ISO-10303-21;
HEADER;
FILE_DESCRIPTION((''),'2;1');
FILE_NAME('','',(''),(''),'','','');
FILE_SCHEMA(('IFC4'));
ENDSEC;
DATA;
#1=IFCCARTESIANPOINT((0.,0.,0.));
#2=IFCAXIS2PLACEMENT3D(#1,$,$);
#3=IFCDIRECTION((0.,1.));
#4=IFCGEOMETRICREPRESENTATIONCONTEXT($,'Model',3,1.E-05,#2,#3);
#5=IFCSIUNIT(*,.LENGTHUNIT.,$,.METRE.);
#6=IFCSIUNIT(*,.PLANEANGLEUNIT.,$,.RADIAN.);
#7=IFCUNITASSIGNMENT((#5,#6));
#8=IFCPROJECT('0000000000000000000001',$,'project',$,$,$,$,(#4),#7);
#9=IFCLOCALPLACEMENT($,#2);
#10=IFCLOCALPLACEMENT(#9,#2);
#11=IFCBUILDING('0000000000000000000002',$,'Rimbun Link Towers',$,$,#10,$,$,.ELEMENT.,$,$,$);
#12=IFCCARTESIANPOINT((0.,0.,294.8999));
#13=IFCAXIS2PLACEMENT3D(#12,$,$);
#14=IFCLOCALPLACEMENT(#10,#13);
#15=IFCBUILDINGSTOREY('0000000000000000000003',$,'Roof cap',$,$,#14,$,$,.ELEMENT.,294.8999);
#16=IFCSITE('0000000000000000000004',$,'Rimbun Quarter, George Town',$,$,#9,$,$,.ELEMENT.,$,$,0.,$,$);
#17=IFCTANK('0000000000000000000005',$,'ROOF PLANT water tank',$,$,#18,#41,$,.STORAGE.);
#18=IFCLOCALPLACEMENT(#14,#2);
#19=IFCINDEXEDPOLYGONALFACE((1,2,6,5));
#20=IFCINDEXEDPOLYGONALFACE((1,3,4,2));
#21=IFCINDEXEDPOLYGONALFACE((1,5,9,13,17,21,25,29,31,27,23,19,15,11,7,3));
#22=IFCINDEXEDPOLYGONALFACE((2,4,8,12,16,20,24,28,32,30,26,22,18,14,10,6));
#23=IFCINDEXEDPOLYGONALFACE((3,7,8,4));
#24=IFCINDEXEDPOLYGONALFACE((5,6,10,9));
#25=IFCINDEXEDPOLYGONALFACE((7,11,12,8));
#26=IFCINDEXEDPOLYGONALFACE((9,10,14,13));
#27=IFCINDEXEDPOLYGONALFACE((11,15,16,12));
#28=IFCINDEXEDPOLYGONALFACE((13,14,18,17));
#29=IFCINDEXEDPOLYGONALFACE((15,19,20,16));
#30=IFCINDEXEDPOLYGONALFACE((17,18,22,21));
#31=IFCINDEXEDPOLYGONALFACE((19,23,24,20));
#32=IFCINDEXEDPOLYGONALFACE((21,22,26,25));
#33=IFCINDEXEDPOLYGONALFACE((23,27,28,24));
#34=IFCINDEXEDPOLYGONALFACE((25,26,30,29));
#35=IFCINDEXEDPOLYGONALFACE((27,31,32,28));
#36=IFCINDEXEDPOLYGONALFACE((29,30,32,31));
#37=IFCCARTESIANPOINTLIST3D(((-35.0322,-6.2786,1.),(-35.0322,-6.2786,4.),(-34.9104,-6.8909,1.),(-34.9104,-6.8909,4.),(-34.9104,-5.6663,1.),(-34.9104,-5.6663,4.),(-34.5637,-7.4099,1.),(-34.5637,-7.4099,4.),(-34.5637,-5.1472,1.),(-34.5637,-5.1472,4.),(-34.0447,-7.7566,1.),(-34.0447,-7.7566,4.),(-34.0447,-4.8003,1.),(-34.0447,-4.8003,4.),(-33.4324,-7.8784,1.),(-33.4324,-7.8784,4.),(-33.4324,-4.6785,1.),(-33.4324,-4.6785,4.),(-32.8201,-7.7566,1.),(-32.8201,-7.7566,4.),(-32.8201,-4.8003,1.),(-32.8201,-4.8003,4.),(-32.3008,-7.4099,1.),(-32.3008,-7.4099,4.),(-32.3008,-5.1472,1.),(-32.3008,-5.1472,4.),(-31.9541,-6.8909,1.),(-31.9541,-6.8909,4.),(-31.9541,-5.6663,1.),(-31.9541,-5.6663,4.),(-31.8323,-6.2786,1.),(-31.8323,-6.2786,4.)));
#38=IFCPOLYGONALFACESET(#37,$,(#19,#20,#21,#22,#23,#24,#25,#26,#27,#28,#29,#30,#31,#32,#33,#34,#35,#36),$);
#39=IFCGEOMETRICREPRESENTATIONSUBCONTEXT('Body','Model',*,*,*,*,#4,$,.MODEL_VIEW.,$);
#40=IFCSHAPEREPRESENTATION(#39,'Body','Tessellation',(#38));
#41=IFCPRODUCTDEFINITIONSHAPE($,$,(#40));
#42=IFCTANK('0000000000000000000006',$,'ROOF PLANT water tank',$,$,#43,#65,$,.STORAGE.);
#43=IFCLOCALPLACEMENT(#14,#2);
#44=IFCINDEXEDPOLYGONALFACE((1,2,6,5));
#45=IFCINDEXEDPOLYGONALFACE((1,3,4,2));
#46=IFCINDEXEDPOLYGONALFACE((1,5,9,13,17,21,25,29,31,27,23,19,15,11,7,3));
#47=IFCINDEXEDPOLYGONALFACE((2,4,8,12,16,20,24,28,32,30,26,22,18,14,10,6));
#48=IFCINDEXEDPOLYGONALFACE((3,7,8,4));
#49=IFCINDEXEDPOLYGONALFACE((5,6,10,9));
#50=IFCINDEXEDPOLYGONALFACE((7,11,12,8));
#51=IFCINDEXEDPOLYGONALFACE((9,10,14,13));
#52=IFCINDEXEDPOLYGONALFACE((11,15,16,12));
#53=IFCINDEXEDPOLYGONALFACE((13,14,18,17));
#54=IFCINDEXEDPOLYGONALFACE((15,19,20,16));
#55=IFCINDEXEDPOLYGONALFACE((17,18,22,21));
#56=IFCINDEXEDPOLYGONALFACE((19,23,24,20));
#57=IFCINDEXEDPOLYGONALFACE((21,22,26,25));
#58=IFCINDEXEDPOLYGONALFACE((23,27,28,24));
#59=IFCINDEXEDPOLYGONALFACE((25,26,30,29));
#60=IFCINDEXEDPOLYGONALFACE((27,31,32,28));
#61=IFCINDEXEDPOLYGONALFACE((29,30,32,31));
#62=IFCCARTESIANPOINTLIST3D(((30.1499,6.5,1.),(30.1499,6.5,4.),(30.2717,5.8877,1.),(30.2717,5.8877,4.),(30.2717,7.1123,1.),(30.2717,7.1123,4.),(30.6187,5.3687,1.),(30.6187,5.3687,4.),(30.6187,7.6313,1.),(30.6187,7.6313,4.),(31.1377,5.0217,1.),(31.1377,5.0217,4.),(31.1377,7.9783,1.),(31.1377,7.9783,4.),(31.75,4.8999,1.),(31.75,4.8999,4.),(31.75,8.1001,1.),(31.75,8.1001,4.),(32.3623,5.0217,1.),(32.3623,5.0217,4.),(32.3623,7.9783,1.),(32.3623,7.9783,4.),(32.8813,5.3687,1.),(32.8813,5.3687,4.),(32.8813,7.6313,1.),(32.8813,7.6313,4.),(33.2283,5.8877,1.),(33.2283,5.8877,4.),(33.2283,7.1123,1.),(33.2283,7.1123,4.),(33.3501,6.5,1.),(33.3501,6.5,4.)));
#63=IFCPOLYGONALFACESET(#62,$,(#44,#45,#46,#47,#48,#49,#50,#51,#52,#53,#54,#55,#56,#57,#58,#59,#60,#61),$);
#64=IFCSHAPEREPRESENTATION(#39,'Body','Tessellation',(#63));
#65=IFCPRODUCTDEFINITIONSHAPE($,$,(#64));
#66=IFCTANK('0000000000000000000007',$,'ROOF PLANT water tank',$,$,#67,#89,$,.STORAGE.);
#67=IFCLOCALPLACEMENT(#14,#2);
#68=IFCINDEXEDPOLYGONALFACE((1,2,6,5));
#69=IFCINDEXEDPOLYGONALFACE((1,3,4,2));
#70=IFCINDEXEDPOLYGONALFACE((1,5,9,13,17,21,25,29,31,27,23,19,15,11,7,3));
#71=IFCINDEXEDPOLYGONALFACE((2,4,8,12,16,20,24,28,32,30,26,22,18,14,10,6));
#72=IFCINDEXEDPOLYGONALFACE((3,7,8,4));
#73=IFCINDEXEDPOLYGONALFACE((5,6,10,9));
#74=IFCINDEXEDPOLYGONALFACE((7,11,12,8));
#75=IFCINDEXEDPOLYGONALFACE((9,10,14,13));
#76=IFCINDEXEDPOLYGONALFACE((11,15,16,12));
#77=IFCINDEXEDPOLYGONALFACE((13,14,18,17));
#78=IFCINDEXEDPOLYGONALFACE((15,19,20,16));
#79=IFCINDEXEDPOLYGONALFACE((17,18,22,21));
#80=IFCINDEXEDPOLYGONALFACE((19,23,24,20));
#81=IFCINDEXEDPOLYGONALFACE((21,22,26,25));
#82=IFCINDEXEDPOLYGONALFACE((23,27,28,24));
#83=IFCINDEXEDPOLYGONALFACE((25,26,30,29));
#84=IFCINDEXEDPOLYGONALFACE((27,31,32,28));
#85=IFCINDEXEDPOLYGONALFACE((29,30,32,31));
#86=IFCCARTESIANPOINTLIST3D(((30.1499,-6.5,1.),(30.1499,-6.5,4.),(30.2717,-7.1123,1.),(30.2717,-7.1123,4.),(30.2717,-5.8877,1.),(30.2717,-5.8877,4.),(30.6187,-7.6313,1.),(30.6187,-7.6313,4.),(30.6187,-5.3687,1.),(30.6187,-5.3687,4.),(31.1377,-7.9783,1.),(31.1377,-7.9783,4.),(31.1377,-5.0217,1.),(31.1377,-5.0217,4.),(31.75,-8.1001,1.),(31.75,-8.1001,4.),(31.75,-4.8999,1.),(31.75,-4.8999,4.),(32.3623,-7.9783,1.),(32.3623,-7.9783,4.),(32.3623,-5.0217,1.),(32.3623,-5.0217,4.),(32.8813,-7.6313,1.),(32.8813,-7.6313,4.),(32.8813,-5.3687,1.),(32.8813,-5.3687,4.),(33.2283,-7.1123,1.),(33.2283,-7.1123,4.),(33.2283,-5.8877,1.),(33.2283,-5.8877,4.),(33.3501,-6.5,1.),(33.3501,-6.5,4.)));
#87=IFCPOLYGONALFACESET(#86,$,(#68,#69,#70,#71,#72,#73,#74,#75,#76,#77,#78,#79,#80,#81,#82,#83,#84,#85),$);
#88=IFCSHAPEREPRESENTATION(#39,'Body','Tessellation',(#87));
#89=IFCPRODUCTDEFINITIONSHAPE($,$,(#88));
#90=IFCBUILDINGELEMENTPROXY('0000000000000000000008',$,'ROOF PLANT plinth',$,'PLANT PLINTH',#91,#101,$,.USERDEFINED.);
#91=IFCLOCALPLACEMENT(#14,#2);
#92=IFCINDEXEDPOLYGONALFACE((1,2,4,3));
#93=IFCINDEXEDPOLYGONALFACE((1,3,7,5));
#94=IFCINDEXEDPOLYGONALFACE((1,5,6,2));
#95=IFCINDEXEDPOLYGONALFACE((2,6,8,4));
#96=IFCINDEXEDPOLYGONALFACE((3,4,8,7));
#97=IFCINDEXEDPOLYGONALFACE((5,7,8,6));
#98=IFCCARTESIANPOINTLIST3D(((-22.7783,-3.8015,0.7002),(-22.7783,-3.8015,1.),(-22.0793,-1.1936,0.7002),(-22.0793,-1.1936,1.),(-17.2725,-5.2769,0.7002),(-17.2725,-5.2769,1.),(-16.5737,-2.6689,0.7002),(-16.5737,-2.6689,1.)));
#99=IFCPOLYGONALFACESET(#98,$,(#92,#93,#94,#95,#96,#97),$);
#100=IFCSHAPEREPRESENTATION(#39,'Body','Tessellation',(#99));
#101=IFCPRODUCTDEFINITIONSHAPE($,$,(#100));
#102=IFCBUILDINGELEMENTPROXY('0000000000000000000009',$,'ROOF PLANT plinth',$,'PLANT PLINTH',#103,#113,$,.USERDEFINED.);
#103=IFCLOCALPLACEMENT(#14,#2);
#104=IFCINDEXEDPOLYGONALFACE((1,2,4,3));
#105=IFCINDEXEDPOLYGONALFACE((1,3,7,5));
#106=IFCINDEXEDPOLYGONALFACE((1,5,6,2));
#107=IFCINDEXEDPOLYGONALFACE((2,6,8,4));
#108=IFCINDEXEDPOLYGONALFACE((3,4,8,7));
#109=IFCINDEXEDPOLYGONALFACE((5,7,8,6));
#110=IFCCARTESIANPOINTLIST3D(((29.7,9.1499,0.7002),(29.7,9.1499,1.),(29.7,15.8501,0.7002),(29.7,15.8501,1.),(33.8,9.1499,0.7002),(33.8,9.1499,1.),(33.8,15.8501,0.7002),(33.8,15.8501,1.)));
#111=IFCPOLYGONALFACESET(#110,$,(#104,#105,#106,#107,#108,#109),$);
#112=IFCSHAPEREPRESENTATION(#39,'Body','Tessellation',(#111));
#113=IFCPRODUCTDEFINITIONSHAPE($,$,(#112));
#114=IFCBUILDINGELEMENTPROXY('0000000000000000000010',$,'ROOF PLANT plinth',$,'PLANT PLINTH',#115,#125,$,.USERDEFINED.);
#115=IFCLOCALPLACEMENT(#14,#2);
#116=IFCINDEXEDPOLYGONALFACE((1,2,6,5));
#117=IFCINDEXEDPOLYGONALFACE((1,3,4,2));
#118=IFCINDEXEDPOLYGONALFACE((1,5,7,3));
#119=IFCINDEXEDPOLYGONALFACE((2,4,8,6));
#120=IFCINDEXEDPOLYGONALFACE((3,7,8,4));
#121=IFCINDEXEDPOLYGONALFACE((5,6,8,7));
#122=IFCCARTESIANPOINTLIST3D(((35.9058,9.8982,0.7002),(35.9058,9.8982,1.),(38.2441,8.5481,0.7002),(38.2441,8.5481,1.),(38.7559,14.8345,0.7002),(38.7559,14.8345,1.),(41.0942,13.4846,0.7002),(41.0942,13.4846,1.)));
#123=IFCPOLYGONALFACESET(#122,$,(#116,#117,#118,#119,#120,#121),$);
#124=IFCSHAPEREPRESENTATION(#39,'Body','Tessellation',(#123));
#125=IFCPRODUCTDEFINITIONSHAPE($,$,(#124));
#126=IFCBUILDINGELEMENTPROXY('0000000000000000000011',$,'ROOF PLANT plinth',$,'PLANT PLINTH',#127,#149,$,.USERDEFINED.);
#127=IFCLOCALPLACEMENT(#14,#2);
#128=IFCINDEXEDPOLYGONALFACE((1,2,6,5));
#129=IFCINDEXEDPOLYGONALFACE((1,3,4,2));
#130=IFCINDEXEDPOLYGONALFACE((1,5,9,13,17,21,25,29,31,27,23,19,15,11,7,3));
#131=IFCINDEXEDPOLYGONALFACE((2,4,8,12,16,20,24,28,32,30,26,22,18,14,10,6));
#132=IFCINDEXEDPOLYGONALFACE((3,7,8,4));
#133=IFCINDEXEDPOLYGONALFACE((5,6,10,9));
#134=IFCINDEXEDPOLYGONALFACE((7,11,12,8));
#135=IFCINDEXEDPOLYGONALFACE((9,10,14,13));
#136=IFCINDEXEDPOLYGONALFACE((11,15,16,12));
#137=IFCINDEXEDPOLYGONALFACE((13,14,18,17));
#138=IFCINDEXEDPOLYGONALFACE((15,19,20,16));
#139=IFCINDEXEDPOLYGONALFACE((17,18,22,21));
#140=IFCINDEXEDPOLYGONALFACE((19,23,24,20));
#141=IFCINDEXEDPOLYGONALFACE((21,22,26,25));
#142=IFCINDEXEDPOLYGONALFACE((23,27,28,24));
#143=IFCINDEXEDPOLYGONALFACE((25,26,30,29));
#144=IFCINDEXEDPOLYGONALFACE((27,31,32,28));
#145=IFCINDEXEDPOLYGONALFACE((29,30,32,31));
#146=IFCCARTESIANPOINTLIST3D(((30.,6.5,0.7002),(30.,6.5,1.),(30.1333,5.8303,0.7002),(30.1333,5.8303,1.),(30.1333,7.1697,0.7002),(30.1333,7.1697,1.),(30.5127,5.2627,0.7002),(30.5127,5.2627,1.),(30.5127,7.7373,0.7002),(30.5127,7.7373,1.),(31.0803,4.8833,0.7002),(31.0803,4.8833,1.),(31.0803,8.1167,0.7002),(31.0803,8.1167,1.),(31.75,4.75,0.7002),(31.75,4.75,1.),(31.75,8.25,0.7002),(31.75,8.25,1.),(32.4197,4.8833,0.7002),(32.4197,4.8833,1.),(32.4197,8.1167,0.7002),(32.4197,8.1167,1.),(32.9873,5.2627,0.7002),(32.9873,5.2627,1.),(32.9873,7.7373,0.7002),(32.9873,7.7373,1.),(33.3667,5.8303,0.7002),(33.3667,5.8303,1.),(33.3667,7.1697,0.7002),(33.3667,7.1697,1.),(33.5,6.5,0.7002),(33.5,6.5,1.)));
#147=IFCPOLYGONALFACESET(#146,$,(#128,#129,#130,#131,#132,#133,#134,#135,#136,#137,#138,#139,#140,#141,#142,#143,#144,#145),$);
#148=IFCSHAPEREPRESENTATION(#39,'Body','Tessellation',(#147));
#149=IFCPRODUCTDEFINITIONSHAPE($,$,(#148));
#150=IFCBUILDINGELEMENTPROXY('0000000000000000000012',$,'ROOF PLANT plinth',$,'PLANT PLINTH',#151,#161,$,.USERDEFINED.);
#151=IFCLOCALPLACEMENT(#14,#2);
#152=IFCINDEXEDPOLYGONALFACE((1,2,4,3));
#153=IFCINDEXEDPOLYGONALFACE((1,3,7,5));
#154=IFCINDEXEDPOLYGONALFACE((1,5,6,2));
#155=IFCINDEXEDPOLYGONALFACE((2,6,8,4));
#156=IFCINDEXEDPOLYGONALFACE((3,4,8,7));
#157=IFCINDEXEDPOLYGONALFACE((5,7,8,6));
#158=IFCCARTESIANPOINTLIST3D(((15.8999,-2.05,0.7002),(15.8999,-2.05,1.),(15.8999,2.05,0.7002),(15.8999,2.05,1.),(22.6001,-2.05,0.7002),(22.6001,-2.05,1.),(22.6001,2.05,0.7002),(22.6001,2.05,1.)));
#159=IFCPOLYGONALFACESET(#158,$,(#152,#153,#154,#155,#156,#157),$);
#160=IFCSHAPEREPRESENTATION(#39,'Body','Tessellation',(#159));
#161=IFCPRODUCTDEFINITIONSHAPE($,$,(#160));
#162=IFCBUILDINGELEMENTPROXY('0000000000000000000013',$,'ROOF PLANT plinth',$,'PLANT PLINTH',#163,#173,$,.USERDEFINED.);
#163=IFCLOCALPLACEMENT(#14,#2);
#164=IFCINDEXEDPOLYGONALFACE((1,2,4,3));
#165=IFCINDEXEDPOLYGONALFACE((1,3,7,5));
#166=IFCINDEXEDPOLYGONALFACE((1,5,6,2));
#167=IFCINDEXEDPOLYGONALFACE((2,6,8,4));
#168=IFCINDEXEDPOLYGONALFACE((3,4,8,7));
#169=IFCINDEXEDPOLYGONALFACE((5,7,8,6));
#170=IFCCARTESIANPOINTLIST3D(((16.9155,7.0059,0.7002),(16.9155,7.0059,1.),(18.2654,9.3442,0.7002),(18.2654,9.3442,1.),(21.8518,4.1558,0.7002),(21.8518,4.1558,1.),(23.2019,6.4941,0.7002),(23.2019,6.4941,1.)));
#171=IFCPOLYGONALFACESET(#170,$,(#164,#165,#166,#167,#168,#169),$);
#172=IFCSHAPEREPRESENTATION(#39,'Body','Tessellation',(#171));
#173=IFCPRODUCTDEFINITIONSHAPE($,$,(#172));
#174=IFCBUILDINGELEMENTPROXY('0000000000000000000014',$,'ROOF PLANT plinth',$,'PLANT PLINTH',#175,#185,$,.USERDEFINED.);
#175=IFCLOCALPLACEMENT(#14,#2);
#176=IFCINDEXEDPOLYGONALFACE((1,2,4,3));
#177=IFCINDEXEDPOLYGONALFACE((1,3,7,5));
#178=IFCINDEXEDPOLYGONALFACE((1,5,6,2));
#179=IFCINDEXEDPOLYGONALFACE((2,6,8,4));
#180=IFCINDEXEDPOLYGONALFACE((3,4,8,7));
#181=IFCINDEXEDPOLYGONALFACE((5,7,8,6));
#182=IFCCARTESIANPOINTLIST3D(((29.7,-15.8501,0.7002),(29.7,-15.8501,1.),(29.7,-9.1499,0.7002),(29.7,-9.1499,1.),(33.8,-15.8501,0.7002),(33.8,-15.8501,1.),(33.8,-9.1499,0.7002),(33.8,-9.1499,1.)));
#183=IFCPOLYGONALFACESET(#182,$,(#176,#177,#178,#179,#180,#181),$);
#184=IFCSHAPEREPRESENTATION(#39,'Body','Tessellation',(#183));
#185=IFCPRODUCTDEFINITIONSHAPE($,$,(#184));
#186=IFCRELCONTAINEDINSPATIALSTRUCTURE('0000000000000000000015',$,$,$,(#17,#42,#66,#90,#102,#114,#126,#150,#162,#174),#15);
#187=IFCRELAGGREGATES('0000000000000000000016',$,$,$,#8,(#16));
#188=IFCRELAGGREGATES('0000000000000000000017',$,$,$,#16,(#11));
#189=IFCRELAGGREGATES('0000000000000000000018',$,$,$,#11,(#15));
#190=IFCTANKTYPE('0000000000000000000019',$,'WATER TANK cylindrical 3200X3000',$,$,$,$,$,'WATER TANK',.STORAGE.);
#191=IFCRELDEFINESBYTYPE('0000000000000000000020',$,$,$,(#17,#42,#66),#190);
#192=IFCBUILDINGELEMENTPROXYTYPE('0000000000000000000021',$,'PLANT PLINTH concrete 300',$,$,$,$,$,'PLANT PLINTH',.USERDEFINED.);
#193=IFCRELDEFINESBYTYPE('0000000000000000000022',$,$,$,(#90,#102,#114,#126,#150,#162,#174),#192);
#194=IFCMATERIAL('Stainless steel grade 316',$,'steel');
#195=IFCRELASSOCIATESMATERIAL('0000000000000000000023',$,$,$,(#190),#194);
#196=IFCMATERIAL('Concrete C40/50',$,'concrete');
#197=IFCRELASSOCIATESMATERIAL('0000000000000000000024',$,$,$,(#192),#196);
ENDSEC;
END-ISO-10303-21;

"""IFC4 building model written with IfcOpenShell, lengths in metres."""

from ifc_helpers import new_model, si_unit, direction, frame, origin, place, context, subcontext, project, spatial, polyline, outline, extrude, material, type_object, element, save


model = new_model("IFC4")

# Units and contexts
model_context = context("Model", 3, precision=1e-05, world=origin(), true_north=direction((0.0, 1.0)))
body_context = subcontext(model_context, "Body", "Model", "MODEL_VIEW")
ifc_project = project(units=[si_unit("LENGTHUNIT", "METRE"), si_unit("PLANEANGLEUNIT", "RADIAN")], contexts=[model_context])

# Site, building, storey
site_placement = place(None, origin())
site = spatial("IfcSite", under=ifc_project, at=site_placement, Name="Rimbun Quarter, George Town", CompositionType="ELEMENT", RefElevation=0.0)
building_placement = place(site_placement, origin())
building = spatial("IfcBuilding", under=site, at=building_placement, Name="Rimbun Link Towers", CompositionType="ELEMENT")
storey_placement = place(building_placement, frame((0.0, 0.0, 294.8999)))
storey = spatial("IfcBuildingStorey", under=building, at=storey_placement, Name="Roof cap", CompositionType="ELEMENT", Elevation=294.8999)

# Tanks
ifc_material_1 = material(Name="Stainless steel grade 316", Category="steel")
tank_type = type_object("IfcTankType", Name="WATER TANK cylindrical 3200X3000", ElementType="WATER TANK", PredefinedType="STORAGE", material=ifc_material_1)
tank_1_placement = place(storey_placement, frame((0.0, 0.0, 1.0)))
element("IfcTank", 1, at=tank_1_placement, inside=storey, type_object=tank_type, Name="ROOF PLANT water tank", PredefinedType="STORAGE", context=body_context, shape_type="SweptSolid", body=[
    extrude(outline(polyline([(-31.8323, -6.2786), (-31.9541, -5.6663), (-32.3008, -5.1472), (-32.8201, -4.8003), (-33.4324, -4.6785), (-34.0447, -4.8003), (-34.5637, -5.1472), (-34.9104, -5.6663), (-35.0322, -6.2786), (-34.9104, -6.8909), (-34.5637, -7.4099), (-34.0447, -7.7566), (-33.4324, -7.8784), (-32.8201, -7.7566), (-32.3008, -7.4099), (-31.9541, -6.8909), (-31.8323, -6.2786)])), origin(), (0.0, 0.0, 1.0), 3.0),
])
tank_2_placement = place(storey_placement, frame((0.0, 0.0, 1.0)))
element("IfcTank", 2, at=tank_2_placement, inside=storey, type_object=tank_type, Name="ROOF PLANT water tank", PredefinedType="STORAGE", context=body_context, shape_type="SweptSolid", body=[
    extrude(outline(polyline([(33.3501, 6.5), (33.2283, 7.1123), (32.8813, 7.6313), (32.3623, 7.9783), (31.75, 8.1001), (31.1377, 7.9783), (30.6187, 7.6313), (30.2717, 7.1123), (30.1499, 6.5), (30.2717, 5.8877), (30.6187, 5.3687), (31.1377, 5.0217), (31.75, 4.8999), (32.3623, 5.0217), (32.8813, 5.3687), (33.2283, 5.8877), (33.3501, 6.5)])), origin(), (0.0, 0.0, 1.0), 3.0),
])
tank_3_placement = place(storey_placement, frame((0.0, 0.0, 1.0)))
element("IfcTank", 3, at=tank_3_placement, inside=storey, type_object=tank_type, Name="ROOF PLANT water tank", PredefinedType="STORAGE", context=body_context, shape_type="SweptSolid", body=[
    extrude(outline(polyline([(33.3501, -6.5), (33.2283, -5.8877), (32.8813, -5.3687), (32.3623, -5.0217), (31.75, -4.8999), (31.1377, -5.0217), (30.6187, -5.3687), (30.2717, -5.8877), (30.1499, -6.5), (30.2717, -7.1123), (30.6187, -7.6313), (31.1377, -7.9783), (31.75, -8.1001), (32.3623, -7.9783), (32.8813, -7.6313), (33.2283, -7.1123), (33.3501, -6.5)])), origin(), (0.0, 0.0, 1.0), 3.0),
])

# Building element proxies
ifc_material_2 = material(Name="Concrete C40/50", Category="concrete")
building_element_proxy_type = type_object("IfcBuildingElementProxyType", Name="PLANT PLINTH concrete 300", ElementType="PLANT PLINTH", PredefinedType="USERDEFINED", material=ifc_material_2)
proxy_1_placement = place(storey_placement, frame((0.0, 0.0, 0.7002)))
element("IfcBuildingElementProxy", 4, at=proxy_1_placement, inside=storey, type_object=building_element_proxy_type, Name="ROOF PLANT plinth", ObjectType="PLANT PLINTH", PredefinedType="USERDEFINED", context=body_context, shape_type="SweptSolid", body=[
    extrude(outline(polyline([(-22.7783, -3.8015), (-17.2725, -5.2769), (-16.5737, -2.6689), (-22.0793, -1.1936), (-22.7783, -3.8015)])), origin(), (0.0, 0.0, 1.0), 0.2998),
])
proxy_2_placement = place(storey_placement, frame((0.0, 0.0, 0.7002)))
element("IfcBuildingElementProxy", 5, at=proxy_2_placement, inside=storey, type_object=building_element_proxy_type, Name="ROOF PLANT plinth", ObjectType="PLANT PLINTH", PredefinedType="USERDEFINED", context=body_context, shape_type="SweptSolid", body=[
    extrude(outline(polyline([(33.8, 9.1499), (33.8, 15.8501), (29.7, 15.8501), (29.7, 9.1499), (33.8, 9.1499)])), origin(), (0.0, 0.0, 1.0), 0.2998),
])
proxy_3_placement = place(storey_placement, frame((0.0, 0.0, 0.7002)))
element("IfcBuildingElementProxy", 6, at=proxy_3_placement, inside=storey, type_object=building_element_proxy_type, Name="ROOF PLANT plinth", ObjectType="PLANT PLINTH", PredefinedType="USERDEFINED", context=body_context, shape_type="SweptSolid", body=[
    extrude(outline(polyline([(38.2441, 8.5481), (41.0942, 13.4846), (38.7559, 14.8345), (35.9058, 9.8982), (38.2441, 8.5481)])), origin(), (0.0, 0.0, 1.0), 0.2998),
])
proxy_4_placement = place(storey_placement, frame((0.0, 0.0, 0.7002)))
element("IfcBuildingElementProxy", 7, at=proxy_4_placement, inside=storey, type_object=building_element_proxy_type, Name="ROOF PLANT plinth", ObjectType="PLANT PLINTH", PredefinedType="USERDEFINED", context=body_context, shape_type="SweptSolid", body=[
    extrude(outline(polyline([(33.5, 6.5), (33.3667, 7.1697), (32.9873, 7.7373), (32.4197, 8.1167), (31.75, 8.25), (31.0803, 8.1167), (30.5127, 7.7373), (30.1333, 7.1697), (30.0, 6.5), (30.1333, 5.8303), (30.5127, 5.2627), (31.0803, 4.8833), (31.75, 4.75), (32.4197, 4.8833), (32.9873, 5.2627), (33.3667, 5.8303), (33.5, 6.5)])), origin(), (0.0, 0.0, 1.0), 0.2998),
])
proxy_5_placement = place(storey_placement, frame((0.0, 0.0, 0.7002)))
element("IfcBuildingElementProxy", 8, at=proxy_5_placement, inside=storey, type_object=building_element_proxy_type, Name="ROOF PLANT plinth", ObjectType="PLANT PLINTH", PredefinedType="USERDEFINED", context=body_context, shape_type="SweptSolid", body=[
    extrude(outline(polyline([(22.6001, 2.05), (15.8999, 2.05), (15.8999, -2.05), (22.6001, -2.05), (22.6001, 2.05)])), origin(), (0.0, 0.0, 1.0), 0.2998),
])
proxy_6_placement = place(storey_placement, frame((0.0, 0.0, 0.7002)))
element("IfcBuildingElementProxy", 9, at=proxy_6_placement, inside=storey, type_object=building_element_proxy_type, Name="ROOF PLANT plinth", ObjectType="PLANT PLINTH", PredefinedType="USERDEFINED", context=body_context, shape_type="SweptSolid", body=[
    extrude(outline(polyline([(23.2019, 6.4941), (18.2654, 9.3442), (16.9155, 7.0059), (21.8518, 4.1558), (23.2019, 6.4941)])), origin(), (0.0, 0.0, 1.0), 0.2998),
])
proxy_7_placement = place(storey_placement, frame((0.0, 0.0, 0.7002)))
element("IfcBuildingElementProxy", 10, at=proxy_7_placement, inside=storey, type_object=building_element_proxy_type, Name="ROOF PLANT plinth", ObjectType="PLANT PLINTH", PredefinedType="USERDEFINED", context=body_context, shape_type="SweptSolid", body=[
    extrude(outline(polyline([(29.7, -9.1499), (29.7, -15.8501), (33.8, -15.8501), (33.8, -9.1499), (29.7, -9.1499)])), origin(), (0.0, 0.0, 1.0), 0.2998),
])

save(model, "model.ifc")
